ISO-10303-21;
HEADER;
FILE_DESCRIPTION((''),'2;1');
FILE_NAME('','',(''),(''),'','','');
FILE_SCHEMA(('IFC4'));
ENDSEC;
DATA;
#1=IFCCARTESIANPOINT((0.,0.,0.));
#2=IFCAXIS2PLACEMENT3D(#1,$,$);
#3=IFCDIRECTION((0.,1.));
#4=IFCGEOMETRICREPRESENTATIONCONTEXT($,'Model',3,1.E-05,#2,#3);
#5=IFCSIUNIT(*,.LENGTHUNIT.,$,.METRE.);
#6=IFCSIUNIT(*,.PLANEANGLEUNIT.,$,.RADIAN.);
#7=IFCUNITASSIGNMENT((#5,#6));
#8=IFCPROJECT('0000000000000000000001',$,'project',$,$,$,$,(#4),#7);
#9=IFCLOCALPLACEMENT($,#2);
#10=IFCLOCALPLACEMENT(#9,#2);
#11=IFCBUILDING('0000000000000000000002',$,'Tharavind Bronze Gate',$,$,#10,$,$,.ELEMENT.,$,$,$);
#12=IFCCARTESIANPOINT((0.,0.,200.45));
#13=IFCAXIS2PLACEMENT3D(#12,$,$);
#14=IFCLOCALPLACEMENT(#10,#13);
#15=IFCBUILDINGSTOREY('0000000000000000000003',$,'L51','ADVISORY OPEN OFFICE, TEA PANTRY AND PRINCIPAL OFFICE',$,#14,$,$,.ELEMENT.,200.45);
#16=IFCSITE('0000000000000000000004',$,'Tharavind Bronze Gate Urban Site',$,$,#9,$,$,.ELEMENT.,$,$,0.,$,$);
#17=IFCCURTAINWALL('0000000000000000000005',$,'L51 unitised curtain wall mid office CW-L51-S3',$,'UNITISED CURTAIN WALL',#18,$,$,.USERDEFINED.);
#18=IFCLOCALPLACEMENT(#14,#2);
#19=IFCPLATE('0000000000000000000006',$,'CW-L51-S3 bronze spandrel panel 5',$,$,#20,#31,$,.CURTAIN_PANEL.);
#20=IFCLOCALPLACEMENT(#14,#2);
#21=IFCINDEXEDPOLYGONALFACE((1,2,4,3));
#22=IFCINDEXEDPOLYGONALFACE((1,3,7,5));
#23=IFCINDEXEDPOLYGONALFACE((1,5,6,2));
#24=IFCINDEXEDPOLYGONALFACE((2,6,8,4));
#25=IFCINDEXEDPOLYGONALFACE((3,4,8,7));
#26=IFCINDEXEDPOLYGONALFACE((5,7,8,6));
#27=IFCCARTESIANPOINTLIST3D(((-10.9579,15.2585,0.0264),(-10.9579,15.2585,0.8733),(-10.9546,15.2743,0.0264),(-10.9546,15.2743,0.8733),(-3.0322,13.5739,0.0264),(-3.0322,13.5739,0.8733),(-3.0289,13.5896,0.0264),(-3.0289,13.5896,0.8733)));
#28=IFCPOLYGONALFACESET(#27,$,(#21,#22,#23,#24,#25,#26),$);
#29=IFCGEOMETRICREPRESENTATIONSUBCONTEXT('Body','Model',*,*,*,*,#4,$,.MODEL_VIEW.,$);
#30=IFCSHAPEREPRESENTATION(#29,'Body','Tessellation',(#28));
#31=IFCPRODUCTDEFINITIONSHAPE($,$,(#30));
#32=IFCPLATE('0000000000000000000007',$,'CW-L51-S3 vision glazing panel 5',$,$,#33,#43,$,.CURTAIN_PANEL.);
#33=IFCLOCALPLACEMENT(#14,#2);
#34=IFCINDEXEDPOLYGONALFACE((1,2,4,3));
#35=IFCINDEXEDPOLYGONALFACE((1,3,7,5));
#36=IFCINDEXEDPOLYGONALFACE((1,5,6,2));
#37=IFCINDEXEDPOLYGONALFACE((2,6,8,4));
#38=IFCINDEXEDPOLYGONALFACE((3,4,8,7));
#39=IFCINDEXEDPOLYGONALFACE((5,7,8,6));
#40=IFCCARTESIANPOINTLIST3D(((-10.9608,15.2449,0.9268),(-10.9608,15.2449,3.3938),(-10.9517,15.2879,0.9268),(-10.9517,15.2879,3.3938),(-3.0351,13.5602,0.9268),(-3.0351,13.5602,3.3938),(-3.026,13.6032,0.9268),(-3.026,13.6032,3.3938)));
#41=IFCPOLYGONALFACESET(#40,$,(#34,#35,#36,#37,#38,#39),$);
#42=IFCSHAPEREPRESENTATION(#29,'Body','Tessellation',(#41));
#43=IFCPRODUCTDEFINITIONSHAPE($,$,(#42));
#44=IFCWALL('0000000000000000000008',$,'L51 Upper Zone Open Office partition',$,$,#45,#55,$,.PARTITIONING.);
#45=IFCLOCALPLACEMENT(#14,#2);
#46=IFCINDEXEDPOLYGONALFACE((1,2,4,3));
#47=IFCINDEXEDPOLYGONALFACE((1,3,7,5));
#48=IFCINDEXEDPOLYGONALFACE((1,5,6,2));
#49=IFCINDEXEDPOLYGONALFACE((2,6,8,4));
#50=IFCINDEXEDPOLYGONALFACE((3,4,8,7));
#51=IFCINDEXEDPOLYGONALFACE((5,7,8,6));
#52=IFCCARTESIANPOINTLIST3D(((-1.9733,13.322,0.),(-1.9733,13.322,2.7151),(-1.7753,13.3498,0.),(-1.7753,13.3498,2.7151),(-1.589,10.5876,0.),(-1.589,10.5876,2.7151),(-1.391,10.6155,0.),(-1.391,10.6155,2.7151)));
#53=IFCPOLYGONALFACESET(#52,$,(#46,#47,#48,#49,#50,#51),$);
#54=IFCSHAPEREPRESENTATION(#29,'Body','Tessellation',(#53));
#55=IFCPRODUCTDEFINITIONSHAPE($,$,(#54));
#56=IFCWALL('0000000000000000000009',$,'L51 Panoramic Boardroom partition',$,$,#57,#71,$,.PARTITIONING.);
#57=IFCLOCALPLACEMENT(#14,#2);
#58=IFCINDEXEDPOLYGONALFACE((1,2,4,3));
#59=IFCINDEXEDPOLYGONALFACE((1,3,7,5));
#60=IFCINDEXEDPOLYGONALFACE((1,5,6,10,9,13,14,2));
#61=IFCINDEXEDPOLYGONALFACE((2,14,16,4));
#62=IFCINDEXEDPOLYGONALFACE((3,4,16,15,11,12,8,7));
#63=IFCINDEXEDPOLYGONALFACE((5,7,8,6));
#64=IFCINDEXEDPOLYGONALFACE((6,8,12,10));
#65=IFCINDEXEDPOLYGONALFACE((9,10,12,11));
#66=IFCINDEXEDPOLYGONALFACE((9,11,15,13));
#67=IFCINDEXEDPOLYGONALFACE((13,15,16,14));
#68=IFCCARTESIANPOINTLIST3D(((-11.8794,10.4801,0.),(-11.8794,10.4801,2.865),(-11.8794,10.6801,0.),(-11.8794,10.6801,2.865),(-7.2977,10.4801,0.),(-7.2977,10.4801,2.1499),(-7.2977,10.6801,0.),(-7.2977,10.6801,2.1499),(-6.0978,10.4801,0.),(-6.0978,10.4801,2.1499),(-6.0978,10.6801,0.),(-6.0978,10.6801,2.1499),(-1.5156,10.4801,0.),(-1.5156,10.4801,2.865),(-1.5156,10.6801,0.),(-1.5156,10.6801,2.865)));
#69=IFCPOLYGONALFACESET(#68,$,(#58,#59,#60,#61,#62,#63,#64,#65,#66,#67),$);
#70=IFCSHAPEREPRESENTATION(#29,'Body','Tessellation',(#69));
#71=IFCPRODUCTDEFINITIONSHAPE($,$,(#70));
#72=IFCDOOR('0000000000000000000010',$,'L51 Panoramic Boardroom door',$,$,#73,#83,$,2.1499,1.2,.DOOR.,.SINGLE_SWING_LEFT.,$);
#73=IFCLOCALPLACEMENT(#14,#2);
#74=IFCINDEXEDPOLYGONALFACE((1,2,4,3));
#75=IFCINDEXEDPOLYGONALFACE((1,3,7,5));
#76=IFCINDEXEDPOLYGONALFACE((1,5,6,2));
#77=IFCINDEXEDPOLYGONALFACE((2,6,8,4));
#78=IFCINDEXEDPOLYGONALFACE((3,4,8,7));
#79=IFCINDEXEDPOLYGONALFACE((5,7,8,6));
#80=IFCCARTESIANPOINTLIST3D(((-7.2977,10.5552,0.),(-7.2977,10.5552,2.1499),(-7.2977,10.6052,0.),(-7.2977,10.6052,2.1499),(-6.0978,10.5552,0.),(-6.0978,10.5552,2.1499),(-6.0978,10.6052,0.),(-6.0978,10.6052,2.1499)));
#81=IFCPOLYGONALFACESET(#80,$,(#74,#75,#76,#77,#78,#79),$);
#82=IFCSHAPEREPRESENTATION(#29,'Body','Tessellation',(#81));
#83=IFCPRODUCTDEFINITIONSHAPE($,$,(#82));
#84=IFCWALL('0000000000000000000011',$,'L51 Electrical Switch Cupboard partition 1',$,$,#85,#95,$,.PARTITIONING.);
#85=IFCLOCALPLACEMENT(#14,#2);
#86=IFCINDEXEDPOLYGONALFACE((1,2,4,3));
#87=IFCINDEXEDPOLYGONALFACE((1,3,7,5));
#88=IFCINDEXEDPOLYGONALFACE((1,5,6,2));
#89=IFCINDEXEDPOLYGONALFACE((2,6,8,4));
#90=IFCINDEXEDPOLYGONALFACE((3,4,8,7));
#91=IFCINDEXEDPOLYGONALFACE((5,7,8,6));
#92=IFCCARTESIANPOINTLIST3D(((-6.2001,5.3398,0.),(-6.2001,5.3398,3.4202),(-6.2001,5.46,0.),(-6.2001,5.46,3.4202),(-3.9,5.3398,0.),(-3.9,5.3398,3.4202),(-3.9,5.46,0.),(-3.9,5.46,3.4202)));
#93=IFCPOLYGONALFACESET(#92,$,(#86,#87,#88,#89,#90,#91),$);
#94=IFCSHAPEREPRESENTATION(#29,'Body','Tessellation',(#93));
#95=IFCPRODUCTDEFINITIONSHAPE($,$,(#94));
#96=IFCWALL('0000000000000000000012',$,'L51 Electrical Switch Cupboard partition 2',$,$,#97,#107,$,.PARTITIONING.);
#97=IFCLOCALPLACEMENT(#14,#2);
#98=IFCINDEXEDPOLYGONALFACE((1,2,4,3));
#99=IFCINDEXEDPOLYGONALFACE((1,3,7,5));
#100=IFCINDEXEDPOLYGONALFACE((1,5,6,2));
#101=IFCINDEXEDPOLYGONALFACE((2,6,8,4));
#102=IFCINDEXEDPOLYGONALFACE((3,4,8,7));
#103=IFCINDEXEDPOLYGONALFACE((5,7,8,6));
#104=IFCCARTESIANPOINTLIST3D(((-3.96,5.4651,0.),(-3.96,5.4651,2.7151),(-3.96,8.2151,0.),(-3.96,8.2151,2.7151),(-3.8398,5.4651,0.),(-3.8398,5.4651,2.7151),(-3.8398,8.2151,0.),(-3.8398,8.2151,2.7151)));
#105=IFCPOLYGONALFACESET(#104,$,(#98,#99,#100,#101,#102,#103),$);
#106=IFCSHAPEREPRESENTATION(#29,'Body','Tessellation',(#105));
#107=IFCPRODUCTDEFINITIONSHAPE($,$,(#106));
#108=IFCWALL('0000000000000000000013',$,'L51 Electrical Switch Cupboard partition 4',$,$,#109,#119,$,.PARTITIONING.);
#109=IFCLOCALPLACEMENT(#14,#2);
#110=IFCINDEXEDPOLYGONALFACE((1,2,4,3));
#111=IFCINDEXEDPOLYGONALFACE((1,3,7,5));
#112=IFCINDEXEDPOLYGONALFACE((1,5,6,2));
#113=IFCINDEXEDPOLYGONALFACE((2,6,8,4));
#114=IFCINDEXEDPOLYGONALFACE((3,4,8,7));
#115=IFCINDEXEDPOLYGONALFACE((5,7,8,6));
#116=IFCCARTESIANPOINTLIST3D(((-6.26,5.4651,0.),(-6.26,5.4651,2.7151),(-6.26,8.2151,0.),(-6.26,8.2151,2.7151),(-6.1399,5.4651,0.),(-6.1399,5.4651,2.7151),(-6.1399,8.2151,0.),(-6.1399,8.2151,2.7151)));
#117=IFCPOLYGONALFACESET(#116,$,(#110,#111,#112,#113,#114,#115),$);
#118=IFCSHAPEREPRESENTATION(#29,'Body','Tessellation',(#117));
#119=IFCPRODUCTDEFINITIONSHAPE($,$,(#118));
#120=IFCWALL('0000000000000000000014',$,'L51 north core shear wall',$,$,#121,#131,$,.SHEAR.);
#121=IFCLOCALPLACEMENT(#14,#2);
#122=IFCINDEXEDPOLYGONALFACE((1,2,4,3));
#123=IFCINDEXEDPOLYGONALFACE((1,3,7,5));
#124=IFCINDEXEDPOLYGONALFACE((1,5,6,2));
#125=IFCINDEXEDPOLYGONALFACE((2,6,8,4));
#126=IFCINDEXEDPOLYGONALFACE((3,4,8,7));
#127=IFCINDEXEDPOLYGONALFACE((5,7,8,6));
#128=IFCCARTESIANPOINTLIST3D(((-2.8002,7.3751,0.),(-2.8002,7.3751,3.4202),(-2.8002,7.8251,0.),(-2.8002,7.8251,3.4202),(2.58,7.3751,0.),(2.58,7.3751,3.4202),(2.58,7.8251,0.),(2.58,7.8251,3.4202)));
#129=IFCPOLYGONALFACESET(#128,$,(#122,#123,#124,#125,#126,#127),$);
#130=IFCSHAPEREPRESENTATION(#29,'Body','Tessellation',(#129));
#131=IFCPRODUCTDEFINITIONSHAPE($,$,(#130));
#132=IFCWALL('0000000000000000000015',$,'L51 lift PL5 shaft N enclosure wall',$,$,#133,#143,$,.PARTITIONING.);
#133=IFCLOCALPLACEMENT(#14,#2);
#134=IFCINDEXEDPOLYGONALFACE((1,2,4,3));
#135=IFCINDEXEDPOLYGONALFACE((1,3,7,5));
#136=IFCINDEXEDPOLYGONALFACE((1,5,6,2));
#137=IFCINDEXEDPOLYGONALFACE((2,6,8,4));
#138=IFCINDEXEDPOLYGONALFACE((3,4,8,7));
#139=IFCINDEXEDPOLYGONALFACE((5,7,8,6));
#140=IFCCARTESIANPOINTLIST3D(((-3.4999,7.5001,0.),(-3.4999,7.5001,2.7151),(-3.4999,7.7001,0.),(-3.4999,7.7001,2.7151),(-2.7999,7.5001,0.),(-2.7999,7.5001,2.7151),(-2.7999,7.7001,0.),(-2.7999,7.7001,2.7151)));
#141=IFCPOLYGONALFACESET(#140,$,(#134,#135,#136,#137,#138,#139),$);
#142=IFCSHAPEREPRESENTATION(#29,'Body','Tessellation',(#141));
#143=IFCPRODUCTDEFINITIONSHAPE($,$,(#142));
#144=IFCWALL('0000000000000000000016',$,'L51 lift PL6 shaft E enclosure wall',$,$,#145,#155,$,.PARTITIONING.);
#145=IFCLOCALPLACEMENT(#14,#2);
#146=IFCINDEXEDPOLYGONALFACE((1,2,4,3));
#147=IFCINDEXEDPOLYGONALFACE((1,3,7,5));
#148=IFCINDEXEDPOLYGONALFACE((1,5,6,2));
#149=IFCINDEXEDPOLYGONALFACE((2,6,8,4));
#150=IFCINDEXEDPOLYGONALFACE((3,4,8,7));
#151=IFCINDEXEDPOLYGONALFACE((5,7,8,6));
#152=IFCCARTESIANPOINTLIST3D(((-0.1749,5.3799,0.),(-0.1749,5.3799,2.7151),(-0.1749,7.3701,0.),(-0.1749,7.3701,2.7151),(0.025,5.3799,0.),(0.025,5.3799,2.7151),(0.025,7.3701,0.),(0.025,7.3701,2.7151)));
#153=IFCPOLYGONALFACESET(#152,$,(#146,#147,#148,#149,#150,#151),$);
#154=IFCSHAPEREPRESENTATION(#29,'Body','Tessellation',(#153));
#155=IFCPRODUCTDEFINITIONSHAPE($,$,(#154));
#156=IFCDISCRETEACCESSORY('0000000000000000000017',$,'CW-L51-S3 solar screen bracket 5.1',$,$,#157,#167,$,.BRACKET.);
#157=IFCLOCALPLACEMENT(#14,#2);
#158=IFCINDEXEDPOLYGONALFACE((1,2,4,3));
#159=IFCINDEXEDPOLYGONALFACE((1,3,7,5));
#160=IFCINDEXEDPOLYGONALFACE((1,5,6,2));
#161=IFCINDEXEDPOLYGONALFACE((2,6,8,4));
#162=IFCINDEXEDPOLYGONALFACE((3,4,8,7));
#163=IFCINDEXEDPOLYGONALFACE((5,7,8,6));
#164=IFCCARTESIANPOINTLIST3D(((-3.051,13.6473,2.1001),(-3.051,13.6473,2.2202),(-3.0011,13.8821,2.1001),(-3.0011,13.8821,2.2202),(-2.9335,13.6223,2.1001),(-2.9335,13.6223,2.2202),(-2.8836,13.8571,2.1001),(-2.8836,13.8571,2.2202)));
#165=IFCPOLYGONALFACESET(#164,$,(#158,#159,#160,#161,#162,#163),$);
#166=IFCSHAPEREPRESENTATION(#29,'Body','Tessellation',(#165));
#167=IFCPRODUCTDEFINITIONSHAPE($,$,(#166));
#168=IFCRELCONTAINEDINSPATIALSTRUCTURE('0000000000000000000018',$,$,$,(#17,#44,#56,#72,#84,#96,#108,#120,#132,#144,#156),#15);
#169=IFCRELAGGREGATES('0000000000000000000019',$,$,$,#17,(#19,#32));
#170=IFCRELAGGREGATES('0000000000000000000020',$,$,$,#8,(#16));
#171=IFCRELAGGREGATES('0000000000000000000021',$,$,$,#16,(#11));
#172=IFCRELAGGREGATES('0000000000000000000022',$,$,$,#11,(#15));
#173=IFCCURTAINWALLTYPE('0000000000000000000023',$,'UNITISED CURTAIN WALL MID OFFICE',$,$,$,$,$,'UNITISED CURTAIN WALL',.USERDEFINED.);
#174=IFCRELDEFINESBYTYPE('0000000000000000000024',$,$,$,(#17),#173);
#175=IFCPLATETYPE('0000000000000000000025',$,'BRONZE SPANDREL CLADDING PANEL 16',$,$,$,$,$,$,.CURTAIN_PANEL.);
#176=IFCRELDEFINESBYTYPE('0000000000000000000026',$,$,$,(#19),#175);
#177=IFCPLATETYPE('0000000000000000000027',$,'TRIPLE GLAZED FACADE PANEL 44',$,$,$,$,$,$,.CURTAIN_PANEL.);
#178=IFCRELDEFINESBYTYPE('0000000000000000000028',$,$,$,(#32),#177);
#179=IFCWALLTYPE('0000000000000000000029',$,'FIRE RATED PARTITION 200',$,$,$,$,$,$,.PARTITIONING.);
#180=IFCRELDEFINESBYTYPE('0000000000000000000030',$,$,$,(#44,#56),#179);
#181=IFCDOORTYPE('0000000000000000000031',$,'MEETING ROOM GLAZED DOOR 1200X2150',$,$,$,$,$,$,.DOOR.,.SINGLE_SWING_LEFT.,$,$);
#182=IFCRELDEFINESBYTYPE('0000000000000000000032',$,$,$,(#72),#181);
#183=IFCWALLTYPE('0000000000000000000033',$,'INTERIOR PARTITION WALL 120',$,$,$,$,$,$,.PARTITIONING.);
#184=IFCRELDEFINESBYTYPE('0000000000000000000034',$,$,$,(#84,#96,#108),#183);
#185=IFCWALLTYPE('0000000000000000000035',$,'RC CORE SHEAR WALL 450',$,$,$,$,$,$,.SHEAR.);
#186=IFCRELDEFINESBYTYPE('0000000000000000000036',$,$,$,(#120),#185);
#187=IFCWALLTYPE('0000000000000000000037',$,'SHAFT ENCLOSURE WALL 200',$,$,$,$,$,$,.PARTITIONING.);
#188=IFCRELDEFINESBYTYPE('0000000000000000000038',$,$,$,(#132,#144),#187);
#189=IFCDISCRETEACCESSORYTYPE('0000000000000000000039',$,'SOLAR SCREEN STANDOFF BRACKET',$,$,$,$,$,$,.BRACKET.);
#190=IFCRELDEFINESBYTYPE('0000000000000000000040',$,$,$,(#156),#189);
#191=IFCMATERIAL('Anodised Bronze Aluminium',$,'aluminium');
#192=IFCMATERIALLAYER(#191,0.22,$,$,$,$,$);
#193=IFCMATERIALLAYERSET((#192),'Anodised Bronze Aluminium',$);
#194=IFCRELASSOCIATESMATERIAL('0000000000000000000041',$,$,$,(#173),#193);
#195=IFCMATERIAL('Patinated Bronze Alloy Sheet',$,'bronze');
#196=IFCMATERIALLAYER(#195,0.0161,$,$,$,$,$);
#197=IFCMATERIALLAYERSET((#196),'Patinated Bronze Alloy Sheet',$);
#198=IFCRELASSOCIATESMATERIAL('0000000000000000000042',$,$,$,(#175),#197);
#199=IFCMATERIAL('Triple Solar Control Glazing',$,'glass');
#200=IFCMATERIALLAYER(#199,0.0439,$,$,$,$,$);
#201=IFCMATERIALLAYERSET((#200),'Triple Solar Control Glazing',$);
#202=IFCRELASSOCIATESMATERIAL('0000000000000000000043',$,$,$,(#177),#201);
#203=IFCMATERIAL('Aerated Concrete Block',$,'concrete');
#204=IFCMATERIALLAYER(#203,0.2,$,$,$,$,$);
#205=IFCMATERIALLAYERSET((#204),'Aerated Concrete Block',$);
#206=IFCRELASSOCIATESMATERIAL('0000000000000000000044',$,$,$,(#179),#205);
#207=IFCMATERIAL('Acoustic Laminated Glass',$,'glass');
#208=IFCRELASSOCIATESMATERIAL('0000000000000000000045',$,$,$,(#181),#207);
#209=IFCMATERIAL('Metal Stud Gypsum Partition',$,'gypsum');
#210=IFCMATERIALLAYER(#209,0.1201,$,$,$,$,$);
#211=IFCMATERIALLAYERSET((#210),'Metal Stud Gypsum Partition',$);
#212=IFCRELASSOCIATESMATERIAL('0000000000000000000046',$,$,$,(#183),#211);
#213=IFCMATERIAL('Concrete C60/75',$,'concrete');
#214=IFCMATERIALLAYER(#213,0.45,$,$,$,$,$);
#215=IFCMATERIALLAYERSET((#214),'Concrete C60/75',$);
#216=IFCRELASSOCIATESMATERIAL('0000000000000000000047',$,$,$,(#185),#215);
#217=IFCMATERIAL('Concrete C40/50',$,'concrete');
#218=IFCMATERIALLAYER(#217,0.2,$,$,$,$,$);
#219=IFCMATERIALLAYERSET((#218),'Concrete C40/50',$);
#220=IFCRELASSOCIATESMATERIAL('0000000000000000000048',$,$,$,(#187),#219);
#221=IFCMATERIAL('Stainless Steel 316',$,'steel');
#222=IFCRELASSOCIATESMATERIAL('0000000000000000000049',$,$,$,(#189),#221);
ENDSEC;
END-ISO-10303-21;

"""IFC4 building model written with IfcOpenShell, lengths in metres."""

from ifc_helpers import new_model, si_unit, direction, frame, frame_2d, origin, origin_2d, place, context, subcontext, project, spatial, rectangle, extrude, material, layer, layer_set, type_object, element, fill, aggregate, save


model = new_model("IFC4")

# Units and contexts
model_context = context("Model", 3, precision=1e-05, world=origin(), true_north=direction((0.0, 1.0)))
body_context = subcontext(model_context, "Body", "Model", "MODEL_VIEW")
ifc_project = project(units=[si_unit("LENGTHUNIT", "METRE"), si_unit("PLANEANGLEUNIT", "RADIAN")], contexts=[model_context])

# Site, building, storey
site_placement = place(None, origin())
site = spatial("IfcSite", under=ifc_project, at=site_placement, Name="Tharavind Bronze Gate Urban Site", CompositionType="ELEMENT", RefElevation=0.0)
building_placement = place(site_placement, origin())
building = spatial("IfcBuilding", under=site, at=building_placement, Name="Tharavind Bronze Gate", CompositionType="ELEMENT")
storey_placement = place(building_placement, frame((0.0, 0.0, 200.45)))
storey = spatial("IfcBuildingStorey", under=building, at=storey_placement, Name="L51", Description="ADVISORY OPEN OFFICE, TEA PANTRY AND PRINCIPAL OFFICE", CompositionType="ELEMENT", Elevation=200.45)

# Curtain wall
ifc_material_1 = material(Name="Anodised Bronze Aluminium", Category="aluminium")
ifc_layer_1 = layer(ifc_material_1, 0.22)
ifc_layer_set_1 = layer_set([ifc_layer_1], Name="Anodised Bronze Aluminium")
curtain_wall_type = type_object("IfcCurtainWallType", Name="UNITISED CURTAIN WALL MID OFFICE", ElementType="UNITISED CURTAIN WALL", PredefinedType="USERDEFINED", material=ifc_layer_set_1)
curtain_wall_placement = place(storey_placement, origin())
curtain_wall = element("IfcCurtainWall", 1, at=curtain_wall_placement, inside=storey, type_object=curtain_wall_type, Name="L51 unitised curtain wall mid office CW-L51-S3", ObjectType="UNITISED CURTAIN WALL", PredefinedType="USERDEFINED")

# Plates
ifc_material_2 = material(Name="Patinated Bronze Alloy Sheet", Category="bronze")
ifc_layer_2 = layer(ifc_material_2, 0.0161)
ifc_layer_set_2 = layer_set([ifc_layer_2], Name="Patinated Bronze Alloy Sheet")
plate_type_1 = type_object("IfcPlateType", Name="BRONZE SPANDREL CLADDING PANEL 16", PredefinedType="CURTAIN_PANEL", material=ifc_layer_set_2)
plate_1_placement = place(storey_placement, frame((-6.9934, 14.4241, 0.0264), z_axis=(0.0, 0.0, 1.0), x_axis=(-0.978148, 0.207912, 0.0)))
plate_1 = element("IfcPlate", 2, at=plate_1_placement, type_object=plate_type_1, Name="CW-L51-S3 bronze spandrel panel 5", PredefinedType="CURTAIN_PANEL", context=body_context, shape_type="SweptSolid", body=[
    extrude(rectangle(XDim=8.1028, YDim=0.0161, at=origin_2d()), origin(), (0.0, 0.0, 1.0), 0.8469),
])
ifc_material_3 = material(Name="Triple Solar Control Glazing", Category="glass")
ifc_layer_3 = layer(ifc_material_3, 0.0439)
ifc_layer_set_3 = layer_set([ifc_layer_3], Name="Triple Solar Control Glazing")
plate_type_2 = type_object("IfcPlateType", Name="TRIPLE GLAZED FACADE PANEL 44", PredefinedType="CURTAIN_PANEL", material=ifc_layer_set_3)
plate_2_placement = place(storey_placement, frame((-6.9934, 14.4241, 0.9268), z_axis=(0.0, 0.0, 1.0), x_axis=(-0.978148, 0.207912, 0.0)))
plate_2 = element("IfcPlate", 3, at=plate_2_placement, type_object=plate_type_2, Name="CW-L51-S3 vision glazing panel 5", PredefinedType="CURTAIN_PANEL", context=body_context, shape_type="SweptSolid", body=[
    extrude(rectangle(XDim=8.1028, YDim=0.0439, at=origin_2d()), origin(), (0.0, 0.0, 1.0), 2.467),
])
aggregate(curtain_wall, [plate_1, plate_2])

# Wall
ifc_material_4 = material(Name="Aerated Concrete Block", Category="concrete")
ifc_layer_4 = layer(ifc_material_4, 0.2)
ifc_layer_set_4 = layer_set([ifc_layer_4], Name="Aerated Concrete Block")
wall_type_1 = type_object("IfcWallType", Name="FIRE RATED PARTITION 200", PredefinedType="PARTITIONING", material=ifc_layer_set_4)
wall_1_placement = place(storey_placement, frame((-1.49, 10.6016, 0.0), z_axis=(0.0, 0.0, 1.0), x_axis=(-0.139168, 0.990269, 0.0)))
element("IfcWall", 4, at=wall_1_placement, inside=storey, type_object=wall_type_1, Name="L51 Upper Zone Open Office partition", PredefinedType="PARTITIONING", context=body_context, shape_type="SweptSolid", body=[
    extrude(rectangle(XDim=2.7612, YDim=0.2, at=frame_2d((1.3806, 0.0))), origin(), (0.0, 0.0, 1.0), 2.7151),
])

# Wall, opening, door
wall_2_placement = place(storey_placement, frame((-1.5156, 10.5801, 0.0), z_axis=(0.0, 0.0, 1.0), x_axis=(-1.0, 0.0, 0.0)))
wall_2 = element("IfcWall", 5, at=wall_2_placement, inside=storey, type_object=wall_type_1, Name="L51 Panoramic Boardroom partition", PredefinedType="PARTITIONING", context=body_context, shape_type="SweptSolid", body=[
    extrude(rectangle(XDim=10.3638, YDim=0.2, at=frame_2d((5.1819, 0.0))), origin(), (0.0, 0.0, 1.0), 2.865),
])
opening_placement = place(wall_2_placement, frame((4.582, 0.0, 0.0)))
opening = element("IfcOpeningElement", 6, at=opening_placement, cuts=wall_2, PredefinedType="OPENING", context=body_context, shape_type="SweptSolid", body=[
    extrude(rectangle(XDim=1.2, YDim=2.1499, at=frame_2d((0.6001, 1.075))), frame((0.0, 0.1101, 0.0), z_axis=(0.0, -1.0, 0.0), x_axis=(1.0, 0.0, 0.0)), (0.0, 0.0, 1.0), 0.22),
])
ifc_material_5 = material(Name="Acoustic Laminated Glass", Category="glass")
door_type = type_object("IfcDoorType", Name="MEETING ROOM GLAZED DOOR 1200X2150", OperationType="SINGLE_SWING_LEFT", PredefinedType="DOOR", material=ifc_material_5)
door_placement = place(opening_placement, origin())
door = element("IfcDoor", 7, at=door_placement, inside=storey, type_object=door_type, Name="L51 Panoramic Boardroom door", OperationType="SINGLE_SWING_LEFT", OverallHeight=2.1499, OverallWidth=1.2, PredefinedType="DOOR", context=body_context, shape_type="SweptSolid", body=[
    extrude(rectangle(XDim=1.2, YDim=2.1499, at=frame_2d((0.6001, 1.075))), frame((0.0, 0.0249, 0.0), z_axis=(0.0, -1.0, 0.0), x_axis=(1.0, 0.0, 0.0)), (0.0, 0.0, 1.0), 0.05),
])
fill(opening, door)

# Walls
ifc_material_6 = material(Name="Metal Stud Gypsum Partition", Category="gypsum")
ifc_layer_5 = layer(ifc_material_6, 0.1201)
ifc_layer_set_5 = layer_set([ifc_layer_5], Name="Metal Stud Gypsum Partition")
wall_type_2 = type_object("IfcWallType", Name="INTERIOR PARTITION WALL 120", PredefinedType="PARTITIONING", material=ifc_layer_set_5)
wall_3_placement = place(storey_placement, frame((-6.2, 5.3999, 0.0), z_axis=(0.0, 0.0, 1.0), x_axis=(1.0, 0.0, 0.0)))
element("IfcWall", 8, at=wall_3_placement, inside=storey, type_object=wall_type_2, Name="L51 Electrical Switch Cupboard partition 1", PredefinedType="PARTITIONING", context=body_context, shape_type="SweptSolid", body=[
    extrude(rectangle(XDim=2.3, YDim=0.1201, at=frame_2d((1.1499, 0.0))), origin(), (0.0, 0.0, 1.0), 3.4202),
])
for number, where, z_axis, x_axis, name in (
    (9, (-3.8999, 5.4651, 0.0), (0.0, 0.0, 1.0), (0.0, 1.0, 0.0), "L51 Electrical Switch Cupboard partition 2"),
    (10, (-6.2, 8.2151, 0.0), (0.0, 0.0, 1.0), (0.0, -1.0, 0.0), "L51 Electrical Switch Cupboard partition 4"),
):
    element("IfcWall", number, at=place(storey_placement, frame(where, z_axis=z_axis, x_axis=x_axis)), inside=storey, type_object=wall_type_2, Name=name, PredefinedType="PARTITIONING", context=body_context, shape_type="SweptSolid", body=[
        extrude(rectangle(XDim=2.75, YDim=0.1201, at=frame_2d((1.375, 0.0))), origin(), (0.0, 0.0, 1.0), 2.7151),
    ])
ifc_material_7 = material(Name="Concrete C60/75", Category="concrete")
ifc_layer_6 = layer(ifc_material_7, 0.45)
ifc_layer_set_6 = layer_set([ifc_layer_6], Name="Concrete C60/75")
wall_type_3 = type_object("IfcWallType", Name="RC CORE SHEAR WALL 450", PredefinedType="SHEAR", material=ifc_layer_set_6)
wall_4_placement = place(storey_placement, frame((-2.8, 7.6001, 0.0), z_axis=(0.0, 0.0, 1.0), x_axis=(1.0, 0.0, 0.0)))
element("IfcWall", 11, at=wall_4_placement, inside=storey, type_object=wall_type_3, Name="L51 north core shear wall", PredefinedType="SHEAR", context=body_context, shape_type="SweptSolid", body=[
    extrude(rectangle(XDim=5.3801, YDim=0.45, at=frame_2d((2.6899, 0.0))), origin(), (0.0, 0.0, 1.0), 3.4202),
])
ifc_material_8 = material(Name="Concrete C40/50", Category="concrete")
ifc_layer_7 = layer(ifc_material_8, 0.2)
ifc_layer_set_7 = layer_set([ifc_layer_7], Name="Concrete C40/50")
wall_type_4 = type_object("IfcWallType", Name="SHAFT ENCLOSURE WALL 200", PredefinedType="PARTITIONING", material=ifc_layer_set_7)
wall_5_placement = place(storey_placement, frame((-3.5, 7.6001, 0.0), z_axis=(0.0, 0.0, 1.0), x_axis=(1.0, 0.0, 0.0)))
element("IfcWall", 12, at=wall_5_placement, inside=storey, type_object=wall_type_4, Name="L51 lift PL5 shaft N enclosure wall", PredefinedType="PARTITIONING", context=body_context, shape_type="SweptSolid", body=[
    extrude(rectangle(XDim=0.7, YDim=0.2, at=frame_2d((0.3501, 0.0))), origin(), (0.0, 0.0, 1.0), 2.7151),
])
wall_6_placement = place(storey_placement, frame((-0.075, 5.3799, 0.0), z_axis=(0.0, 0.0, 1.0), x_axis=(0.0, 1.0, 0.0)))
element("IfcWall", 13, at=wall_6_placement, inside=storey, type_object=wall_type_4, Name="L51 lift PL6 shaft E enclosure wall", PredefinedType="PARTITIONING", context=body_context, shape_type="SweptSolid", body=[
    extrude(rectangle(XDim=1.9902, YDim=0.2, at=frame_2d((0.9951, 0.0))), origin(), (0.0, 0.0, 1.0), 2.7151),
])

# Discrete accessory
ifc_material_9 = material(Name="Stainless Steel 316", Category="steel")
discrete_accessory_type = type_object("IfcDiscreteAccessoryType", Name="SOLAR SCREEN STANDOFF BRACKET", PredefinedType="BRACKET", material=ifc_material_9)
discrete_accessory_placement = place(storey_placement, frame((-2.9673, 13.7522, 2.1001), z_axis=(0.0, 0.0, 1.0), x_axis=(-0.978148, 0.207912, 0.0)))
element("IfcDiscreteAccessory", 14, at=discrete_accessory_placement, inside=storey, type_object=discrete_accessory_type, Name="CW-L51-S3 solar screen bracket 5.1", PredefinedType="BRACKET", context=body_context, shape_type="SweptSolid", body=[
    extrude(rectangle(XDim=0.1201, YDim=0.24, at=origin_2d()), origin(), (0.0, 0.0, 1.0), 0.1201),
])

save(model, "model.ifc")
